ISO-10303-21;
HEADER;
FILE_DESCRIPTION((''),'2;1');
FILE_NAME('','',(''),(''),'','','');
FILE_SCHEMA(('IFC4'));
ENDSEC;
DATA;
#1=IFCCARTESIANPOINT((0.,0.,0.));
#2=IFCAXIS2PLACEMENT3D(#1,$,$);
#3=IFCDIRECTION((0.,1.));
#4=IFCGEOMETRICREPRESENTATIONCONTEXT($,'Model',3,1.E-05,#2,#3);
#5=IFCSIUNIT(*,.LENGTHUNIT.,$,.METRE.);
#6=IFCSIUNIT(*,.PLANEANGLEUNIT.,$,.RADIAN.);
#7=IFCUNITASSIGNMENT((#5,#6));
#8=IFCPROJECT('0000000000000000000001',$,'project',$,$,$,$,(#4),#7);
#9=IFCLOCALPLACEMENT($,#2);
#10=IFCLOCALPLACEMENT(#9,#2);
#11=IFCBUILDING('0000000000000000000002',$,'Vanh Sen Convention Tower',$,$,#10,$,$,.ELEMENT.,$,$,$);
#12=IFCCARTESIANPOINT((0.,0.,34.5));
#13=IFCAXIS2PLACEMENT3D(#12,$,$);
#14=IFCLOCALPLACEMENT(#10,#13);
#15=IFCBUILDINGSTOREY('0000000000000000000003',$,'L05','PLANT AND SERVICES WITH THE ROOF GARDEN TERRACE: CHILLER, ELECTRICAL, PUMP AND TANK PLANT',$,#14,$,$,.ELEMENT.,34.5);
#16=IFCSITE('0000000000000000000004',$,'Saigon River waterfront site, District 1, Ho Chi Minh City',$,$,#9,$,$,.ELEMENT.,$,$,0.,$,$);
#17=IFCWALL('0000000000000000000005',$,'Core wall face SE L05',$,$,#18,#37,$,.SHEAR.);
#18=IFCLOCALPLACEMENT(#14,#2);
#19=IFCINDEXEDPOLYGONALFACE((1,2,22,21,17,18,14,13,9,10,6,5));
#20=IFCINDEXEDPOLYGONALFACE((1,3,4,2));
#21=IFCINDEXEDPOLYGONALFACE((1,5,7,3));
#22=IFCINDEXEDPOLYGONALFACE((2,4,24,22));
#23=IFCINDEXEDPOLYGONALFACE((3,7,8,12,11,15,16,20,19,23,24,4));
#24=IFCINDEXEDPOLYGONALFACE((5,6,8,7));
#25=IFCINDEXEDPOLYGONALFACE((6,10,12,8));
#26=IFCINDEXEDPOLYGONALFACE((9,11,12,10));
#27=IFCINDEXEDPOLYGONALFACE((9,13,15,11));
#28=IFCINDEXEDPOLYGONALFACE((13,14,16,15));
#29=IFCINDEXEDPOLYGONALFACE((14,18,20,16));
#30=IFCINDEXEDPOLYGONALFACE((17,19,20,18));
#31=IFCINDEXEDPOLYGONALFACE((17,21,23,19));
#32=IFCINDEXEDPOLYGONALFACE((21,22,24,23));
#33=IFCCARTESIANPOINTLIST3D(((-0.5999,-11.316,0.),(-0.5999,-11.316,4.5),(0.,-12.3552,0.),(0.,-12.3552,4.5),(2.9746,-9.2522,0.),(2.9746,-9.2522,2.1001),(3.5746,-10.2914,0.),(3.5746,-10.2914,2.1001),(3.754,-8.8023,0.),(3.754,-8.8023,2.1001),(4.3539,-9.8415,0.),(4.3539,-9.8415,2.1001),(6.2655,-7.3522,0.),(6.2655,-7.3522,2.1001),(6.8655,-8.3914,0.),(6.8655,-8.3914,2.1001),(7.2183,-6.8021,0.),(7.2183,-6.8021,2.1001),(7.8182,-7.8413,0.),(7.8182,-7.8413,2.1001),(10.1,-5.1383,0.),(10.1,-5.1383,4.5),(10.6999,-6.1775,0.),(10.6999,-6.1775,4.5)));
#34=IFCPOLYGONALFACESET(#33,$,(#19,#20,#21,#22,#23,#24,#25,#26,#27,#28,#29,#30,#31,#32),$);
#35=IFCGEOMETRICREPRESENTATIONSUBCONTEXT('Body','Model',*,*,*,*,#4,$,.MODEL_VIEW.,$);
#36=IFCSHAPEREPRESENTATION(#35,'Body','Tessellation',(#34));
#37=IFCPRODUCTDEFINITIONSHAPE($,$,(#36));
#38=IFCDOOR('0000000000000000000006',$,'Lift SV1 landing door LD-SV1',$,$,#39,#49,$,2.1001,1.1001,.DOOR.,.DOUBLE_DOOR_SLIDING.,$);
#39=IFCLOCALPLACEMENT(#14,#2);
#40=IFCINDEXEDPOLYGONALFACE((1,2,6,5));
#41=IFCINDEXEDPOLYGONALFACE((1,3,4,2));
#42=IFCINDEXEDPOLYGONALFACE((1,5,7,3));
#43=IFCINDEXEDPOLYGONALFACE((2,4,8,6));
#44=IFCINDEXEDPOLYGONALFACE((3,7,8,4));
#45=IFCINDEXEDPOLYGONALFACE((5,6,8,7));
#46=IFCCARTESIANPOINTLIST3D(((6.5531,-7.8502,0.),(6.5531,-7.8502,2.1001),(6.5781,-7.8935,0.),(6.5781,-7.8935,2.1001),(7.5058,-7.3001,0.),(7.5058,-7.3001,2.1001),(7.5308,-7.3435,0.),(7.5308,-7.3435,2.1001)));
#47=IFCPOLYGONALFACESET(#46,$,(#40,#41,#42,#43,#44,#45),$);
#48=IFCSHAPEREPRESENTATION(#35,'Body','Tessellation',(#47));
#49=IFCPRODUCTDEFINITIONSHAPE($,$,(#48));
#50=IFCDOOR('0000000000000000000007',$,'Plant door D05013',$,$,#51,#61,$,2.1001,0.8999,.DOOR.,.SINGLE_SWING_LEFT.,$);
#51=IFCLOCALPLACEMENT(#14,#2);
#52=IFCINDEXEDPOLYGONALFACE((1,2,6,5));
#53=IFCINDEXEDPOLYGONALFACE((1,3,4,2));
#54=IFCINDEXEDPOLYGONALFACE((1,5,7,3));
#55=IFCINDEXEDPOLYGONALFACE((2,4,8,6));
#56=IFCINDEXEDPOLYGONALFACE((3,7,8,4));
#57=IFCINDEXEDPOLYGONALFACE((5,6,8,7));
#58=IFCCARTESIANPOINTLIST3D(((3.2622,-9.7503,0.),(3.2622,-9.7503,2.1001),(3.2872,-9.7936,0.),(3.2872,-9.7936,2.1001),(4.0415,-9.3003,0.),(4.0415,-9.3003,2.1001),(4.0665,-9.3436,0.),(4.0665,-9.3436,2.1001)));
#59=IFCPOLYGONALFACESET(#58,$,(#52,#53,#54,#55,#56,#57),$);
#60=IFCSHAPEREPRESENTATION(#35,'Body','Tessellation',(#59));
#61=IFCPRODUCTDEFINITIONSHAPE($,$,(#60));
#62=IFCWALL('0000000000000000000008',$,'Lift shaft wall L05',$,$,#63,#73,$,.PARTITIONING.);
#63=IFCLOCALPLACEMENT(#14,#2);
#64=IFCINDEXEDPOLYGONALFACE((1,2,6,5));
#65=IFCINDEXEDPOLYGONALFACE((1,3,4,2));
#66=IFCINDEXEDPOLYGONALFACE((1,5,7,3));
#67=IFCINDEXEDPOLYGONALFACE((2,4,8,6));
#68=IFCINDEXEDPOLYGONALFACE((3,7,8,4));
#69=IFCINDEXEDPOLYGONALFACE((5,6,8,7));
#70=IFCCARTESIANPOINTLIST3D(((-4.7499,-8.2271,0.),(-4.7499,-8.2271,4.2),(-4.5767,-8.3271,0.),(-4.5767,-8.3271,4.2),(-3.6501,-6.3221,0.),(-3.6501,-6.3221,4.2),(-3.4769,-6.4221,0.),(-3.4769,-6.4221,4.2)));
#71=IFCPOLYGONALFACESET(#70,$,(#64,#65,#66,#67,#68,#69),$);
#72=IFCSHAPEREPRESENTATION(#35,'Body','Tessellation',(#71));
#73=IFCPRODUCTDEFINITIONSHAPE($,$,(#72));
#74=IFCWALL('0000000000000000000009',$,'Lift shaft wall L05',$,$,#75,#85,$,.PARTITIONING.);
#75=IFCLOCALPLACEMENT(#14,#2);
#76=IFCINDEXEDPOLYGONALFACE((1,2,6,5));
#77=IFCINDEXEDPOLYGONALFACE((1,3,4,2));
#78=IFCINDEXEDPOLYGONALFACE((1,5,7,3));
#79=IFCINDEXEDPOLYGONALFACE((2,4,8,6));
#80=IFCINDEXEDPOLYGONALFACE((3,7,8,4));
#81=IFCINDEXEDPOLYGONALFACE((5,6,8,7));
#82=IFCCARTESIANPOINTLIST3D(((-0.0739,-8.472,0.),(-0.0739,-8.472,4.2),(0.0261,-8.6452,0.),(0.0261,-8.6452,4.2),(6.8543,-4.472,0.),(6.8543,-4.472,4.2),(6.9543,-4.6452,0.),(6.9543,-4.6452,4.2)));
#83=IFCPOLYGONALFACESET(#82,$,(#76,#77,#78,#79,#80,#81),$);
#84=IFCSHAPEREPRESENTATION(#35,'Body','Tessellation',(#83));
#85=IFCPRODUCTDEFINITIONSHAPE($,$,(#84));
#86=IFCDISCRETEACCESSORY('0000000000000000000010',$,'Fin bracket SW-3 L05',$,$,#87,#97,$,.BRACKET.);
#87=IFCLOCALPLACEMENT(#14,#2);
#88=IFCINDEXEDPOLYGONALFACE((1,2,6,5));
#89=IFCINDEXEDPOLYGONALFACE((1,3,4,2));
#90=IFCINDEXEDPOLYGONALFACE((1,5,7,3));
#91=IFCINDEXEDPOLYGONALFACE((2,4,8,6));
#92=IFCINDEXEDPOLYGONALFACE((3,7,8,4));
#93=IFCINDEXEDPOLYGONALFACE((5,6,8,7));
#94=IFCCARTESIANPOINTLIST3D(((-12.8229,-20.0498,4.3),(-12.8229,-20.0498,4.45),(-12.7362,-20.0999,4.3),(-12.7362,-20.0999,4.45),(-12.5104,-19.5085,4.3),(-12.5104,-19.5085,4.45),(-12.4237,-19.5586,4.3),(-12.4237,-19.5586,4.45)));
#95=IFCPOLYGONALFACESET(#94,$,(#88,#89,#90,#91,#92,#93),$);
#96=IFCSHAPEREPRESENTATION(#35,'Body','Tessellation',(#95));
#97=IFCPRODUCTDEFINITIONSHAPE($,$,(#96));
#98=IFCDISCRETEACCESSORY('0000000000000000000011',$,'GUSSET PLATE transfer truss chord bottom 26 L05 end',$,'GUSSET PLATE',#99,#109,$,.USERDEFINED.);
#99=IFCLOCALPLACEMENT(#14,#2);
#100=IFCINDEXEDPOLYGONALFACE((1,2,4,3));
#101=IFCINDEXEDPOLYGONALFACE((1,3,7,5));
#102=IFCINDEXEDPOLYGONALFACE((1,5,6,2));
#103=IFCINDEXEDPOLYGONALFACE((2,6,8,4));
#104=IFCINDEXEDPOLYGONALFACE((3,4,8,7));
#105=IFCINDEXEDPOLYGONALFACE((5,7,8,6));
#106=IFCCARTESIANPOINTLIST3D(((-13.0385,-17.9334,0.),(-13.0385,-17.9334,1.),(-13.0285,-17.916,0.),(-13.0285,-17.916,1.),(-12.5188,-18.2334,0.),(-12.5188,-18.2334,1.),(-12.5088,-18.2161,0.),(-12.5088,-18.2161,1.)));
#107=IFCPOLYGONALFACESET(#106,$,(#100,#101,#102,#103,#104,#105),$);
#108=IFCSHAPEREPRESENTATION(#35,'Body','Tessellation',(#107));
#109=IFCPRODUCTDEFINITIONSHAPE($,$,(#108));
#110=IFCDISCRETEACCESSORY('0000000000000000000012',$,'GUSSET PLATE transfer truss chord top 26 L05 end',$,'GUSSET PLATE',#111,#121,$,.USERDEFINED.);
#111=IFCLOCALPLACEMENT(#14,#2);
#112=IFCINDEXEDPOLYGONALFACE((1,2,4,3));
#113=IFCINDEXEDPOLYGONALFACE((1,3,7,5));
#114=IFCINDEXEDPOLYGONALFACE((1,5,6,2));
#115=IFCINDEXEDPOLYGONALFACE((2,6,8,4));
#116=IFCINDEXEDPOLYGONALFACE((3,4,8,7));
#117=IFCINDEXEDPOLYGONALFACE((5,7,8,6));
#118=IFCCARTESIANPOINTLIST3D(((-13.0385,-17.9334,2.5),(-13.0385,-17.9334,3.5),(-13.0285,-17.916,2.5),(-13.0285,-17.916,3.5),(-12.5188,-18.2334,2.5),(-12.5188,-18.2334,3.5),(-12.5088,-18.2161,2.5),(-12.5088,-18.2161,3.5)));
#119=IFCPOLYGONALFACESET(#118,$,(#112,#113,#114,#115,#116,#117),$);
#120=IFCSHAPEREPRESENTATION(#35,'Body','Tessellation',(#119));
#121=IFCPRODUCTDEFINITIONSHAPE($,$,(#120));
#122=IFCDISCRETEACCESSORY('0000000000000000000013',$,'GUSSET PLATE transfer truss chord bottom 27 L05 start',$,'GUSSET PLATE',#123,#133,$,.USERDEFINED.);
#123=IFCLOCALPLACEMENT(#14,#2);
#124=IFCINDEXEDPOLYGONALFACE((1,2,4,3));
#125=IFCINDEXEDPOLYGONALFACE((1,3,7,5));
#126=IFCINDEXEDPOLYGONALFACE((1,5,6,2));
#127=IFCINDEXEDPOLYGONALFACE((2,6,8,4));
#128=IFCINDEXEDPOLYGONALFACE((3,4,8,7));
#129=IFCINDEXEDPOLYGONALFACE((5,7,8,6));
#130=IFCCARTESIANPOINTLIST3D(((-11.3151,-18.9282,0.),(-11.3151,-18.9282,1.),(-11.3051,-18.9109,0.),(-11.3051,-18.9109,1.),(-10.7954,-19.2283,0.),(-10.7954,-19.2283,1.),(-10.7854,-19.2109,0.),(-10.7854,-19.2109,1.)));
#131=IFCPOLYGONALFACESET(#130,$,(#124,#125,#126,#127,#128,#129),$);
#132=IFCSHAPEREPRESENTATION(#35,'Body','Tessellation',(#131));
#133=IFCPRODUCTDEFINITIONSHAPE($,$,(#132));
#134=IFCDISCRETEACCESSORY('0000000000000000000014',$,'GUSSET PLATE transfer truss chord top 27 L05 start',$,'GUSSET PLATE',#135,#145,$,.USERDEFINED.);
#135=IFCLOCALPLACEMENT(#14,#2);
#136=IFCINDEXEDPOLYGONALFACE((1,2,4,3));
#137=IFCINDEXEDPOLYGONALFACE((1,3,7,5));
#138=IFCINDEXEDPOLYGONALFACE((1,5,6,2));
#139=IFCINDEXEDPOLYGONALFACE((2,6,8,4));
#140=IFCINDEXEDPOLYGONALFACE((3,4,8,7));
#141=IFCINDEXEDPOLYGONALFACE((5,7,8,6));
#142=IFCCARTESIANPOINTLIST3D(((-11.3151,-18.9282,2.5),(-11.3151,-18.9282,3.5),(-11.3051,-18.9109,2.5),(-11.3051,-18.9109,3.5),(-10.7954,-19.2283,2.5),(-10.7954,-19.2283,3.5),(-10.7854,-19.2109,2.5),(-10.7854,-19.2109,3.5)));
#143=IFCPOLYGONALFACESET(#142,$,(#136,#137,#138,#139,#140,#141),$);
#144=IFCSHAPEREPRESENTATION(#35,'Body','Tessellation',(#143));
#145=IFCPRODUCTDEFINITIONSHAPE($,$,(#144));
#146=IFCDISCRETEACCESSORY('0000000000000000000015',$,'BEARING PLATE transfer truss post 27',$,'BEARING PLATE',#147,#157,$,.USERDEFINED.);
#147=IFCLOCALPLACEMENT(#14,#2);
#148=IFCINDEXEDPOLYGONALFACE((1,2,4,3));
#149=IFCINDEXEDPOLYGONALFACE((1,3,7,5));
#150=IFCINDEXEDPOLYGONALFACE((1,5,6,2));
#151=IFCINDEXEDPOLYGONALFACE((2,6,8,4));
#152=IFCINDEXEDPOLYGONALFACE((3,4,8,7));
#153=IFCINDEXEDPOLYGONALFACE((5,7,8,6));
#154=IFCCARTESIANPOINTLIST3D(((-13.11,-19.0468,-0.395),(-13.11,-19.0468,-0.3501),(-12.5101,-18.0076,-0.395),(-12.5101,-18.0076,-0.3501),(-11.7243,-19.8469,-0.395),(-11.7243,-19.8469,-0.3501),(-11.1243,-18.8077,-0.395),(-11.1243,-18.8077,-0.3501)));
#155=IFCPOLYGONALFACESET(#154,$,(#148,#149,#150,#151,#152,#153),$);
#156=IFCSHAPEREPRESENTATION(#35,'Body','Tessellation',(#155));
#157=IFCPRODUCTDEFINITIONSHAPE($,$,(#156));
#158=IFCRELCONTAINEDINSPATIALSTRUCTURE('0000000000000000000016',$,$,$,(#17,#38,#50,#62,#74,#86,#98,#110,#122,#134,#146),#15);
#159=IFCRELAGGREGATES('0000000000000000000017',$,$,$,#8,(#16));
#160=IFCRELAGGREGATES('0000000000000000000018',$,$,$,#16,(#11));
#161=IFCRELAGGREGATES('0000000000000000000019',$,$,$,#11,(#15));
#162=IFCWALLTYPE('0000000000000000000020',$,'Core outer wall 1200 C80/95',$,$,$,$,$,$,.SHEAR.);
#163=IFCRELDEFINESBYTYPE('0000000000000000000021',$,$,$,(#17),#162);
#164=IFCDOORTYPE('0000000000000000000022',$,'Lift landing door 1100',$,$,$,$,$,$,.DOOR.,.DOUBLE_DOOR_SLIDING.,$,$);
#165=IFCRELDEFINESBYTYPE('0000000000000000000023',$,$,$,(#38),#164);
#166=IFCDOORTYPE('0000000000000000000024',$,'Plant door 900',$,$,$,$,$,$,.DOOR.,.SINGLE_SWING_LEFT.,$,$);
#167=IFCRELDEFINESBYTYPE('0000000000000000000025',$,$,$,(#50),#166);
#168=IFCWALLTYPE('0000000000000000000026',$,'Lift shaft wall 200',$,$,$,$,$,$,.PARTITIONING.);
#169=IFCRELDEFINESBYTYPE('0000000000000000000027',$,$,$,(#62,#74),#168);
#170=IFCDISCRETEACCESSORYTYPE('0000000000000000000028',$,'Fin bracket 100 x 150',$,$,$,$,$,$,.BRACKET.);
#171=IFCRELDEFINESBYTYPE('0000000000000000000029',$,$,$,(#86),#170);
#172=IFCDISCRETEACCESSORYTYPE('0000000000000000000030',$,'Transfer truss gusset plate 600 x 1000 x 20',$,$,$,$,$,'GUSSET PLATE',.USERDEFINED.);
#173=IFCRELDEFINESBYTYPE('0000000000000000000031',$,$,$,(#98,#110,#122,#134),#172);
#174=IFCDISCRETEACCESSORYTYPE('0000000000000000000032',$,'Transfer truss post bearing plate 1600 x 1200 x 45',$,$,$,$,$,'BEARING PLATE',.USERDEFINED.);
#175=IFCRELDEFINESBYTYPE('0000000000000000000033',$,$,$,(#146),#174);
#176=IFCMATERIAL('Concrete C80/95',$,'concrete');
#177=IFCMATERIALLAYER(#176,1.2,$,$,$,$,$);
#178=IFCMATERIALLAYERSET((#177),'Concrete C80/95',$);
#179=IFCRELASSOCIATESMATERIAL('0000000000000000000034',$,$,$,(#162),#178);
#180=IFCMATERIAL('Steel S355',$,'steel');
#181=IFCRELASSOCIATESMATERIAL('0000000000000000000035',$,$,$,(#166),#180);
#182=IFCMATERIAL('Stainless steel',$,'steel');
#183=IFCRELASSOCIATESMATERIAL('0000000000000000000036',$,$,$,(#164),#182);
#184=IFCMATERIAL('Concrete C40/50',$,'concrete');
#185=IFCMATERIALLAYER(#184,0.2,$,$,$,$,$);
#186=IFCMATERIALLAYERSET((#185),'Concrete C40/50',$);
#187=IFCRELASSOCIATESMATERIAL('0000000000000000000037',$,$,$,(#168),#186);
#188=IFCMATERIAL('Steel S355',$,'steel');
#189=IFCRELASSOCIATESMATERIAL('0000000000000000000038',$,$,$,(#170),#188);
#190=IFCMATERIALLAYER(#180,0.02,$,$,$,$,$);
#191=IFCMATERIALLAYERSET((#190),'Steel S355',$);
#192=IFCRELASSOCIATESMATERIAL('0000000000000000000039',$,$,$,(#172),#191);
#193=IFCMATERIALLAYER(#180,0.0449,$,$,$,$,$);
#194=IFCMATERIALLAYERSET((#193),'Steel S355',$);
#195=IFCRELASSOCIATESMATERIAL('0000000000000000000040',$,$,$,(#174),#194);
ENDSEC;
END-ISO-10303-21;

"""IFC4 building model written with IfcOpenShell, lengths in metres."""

from ifc_helpers import new_model, si_unit, direction, frame, frame_2d, origin, origin_2d, place, context, subcontext, project, spatial, rectangle, extrude, material, layer, layer_set, type_object, element, fill, save


model = new_model("IFC4")

# Units and contexts
model_context = context("Model", 3, precision=1e-05, world=origin(), true_north=direction((0.0, 1.0)))
body_context = subcontext(model_context, "Body", "Model", "MODEL_VIEW")
ifc_project = project(units=[si_unit("LENGTHUNIT", "METRE"), si_unit("PLANEANGLEUNIT", "RADIAN")], contexts=[model_context])

# Site, building, storey
site_placement = place(None, origin())
site = spatial("IfcSite", under=ifc_project, at=site_placement, Name="Saigon River waterfront site, District 1, Ho Chi Minh City", CompositionType="ELEMENT", RefElevation=0.0)
building_placement = place(site_placement, origin())
building = spatial("IfcBuilding", under=site, at=building_placement, Name="Vanh Sen Convention Tower", CompositionType="ELEMENT")
storey_placement = place(building_placement, frame((0.0, 0.0, 34.5)))
storey = spatial("IfcBuildingStorey", under=building, at=storey_placement, Name="L05", Description="PLANT AND SERVICES WITH THE ROOF GARDEN TERRACE: CHILLER, ELECTRICAL, PUMP AND TANK PLANT", CompositionType="ELEMENT", Elevation=34.5)

# Shared definitions
ifc_material_1 = material(Name="Steel S355", Category="steel")

# Shared definitions
ifc_material_2 = material(Name="Concrete C40/50", Category="concrete")

# Wall, openings, doors
ifc_material_3 = material(Name="Concrete C80/95", Category="concrete")
ifc_layer_1 = layer(ifc_material_3, 1.2)
ifc_layer_set_1 = layer_set([ifc_layer_1], Name="Concrete C80/95")
wall_type_1 = type_object("IfcWallType", Name="Core outer wall 1200 C80/95", PredefinedType="SHEAR", material=ifc_layer_set_1)
door_type_1 = type_object("IfcDoorType", Name="Plant door 900", OperationType="SINGLE_SWING_LEFT", PredefinedType="DOOR", material=ifc_material_1)
wall_1_placement = place(storey_placement, frame((-0.3, -11.8357, 0.0), z_axis=(0.0, 0.0, 1.0), x_axis=(0.866021, 0.500007, 0.0)))
wall_1 = element("IfcWall", 1, at=wall_1_placement, inside=storey, type_object=wall_type_1, Name="Core wall face SE L05", PredefinedType="SHEAR", context=body_context, shape_type="SweptSolid", body=[
    extrude(rectangle(XDim=12.3552, YDim=1.2, at=frame_2d((6.1777, 0.0))), origin(), (0.0, 0.0, 1.0), 4.5),
])
opening_1_placement = place(wall_1_placement, frame((4.1277, 0.0, 0.0)))
opening_1 = element("IfcOpeningElement", 2, at=opening_1_placement, cuts=wall_1, PredefinedType="OPENING", context=body_context, shape_type="SweptSolid", body=[
    extrude(rectangle(XDim=0.8999, YDim=2.1001, at=frame_2d((0.45, 1.05))), frame((0.0, 0.6099, 0.0), z_axis=(0.0, -1.0, 0.0), x_axis=(1.0, 0.0, 0.0)), (0.0, 0.0, 1.0), 1.22),
])
opening_2_placement = place(wall_1_placement, frame((7.9277, 0.0, 0.0)))
opening_2 = element("IfcOpeningElement", 3, at=opening_2_placement, cuts=wall_1, PredefinedType="OPENING", context=body_context, shape_type="SweptSolid", body=[
    extrude(rectangle(XDim=1.1001, YDim=2.1001, at=frame_2d((0.55, 1.05))), frame((0.0, 0.6099, 0.0), z_axis=(0.0, -1.0, 0.0), x_axis=(1.0, 0.0, 0.0)), (0.0, 0.0, 1.0), 1.22),
])
ifc_material_4 = material(Name="Stainless steel", Category="steel")
door_type_2 = type_object("IfcDoorType", Name="Lift landing door 1100", OperationType="DOUBLE_DOOR_SLIDING", PredefinedType="DOOR", material=ifc_material_4)
door_1_placement = place(opening_2_placement, origin())
door_1 = element("IfcDoor", 4, at=door_1_placement, inside=storey, type_object=door_type_2, Name="Lift SV1 landing door LD-SV1", OperationType="DOUBLE_DOOR_SLIDING", OverallHeight=2.1001, OverallWidth=1.1001, PredefinedType="DOOR", context=body_context, shape_type="SweptSolid", body=[
    extrude(rectangle(XDim=1.1001, YDim=2.1001, at=frame_2d((0.55, 1.05))), frame((0.0, 0.0249, 0.0), z_axis=(0.0, -1.0, 0.0), x_axis=(1.0, 0.0, 0.0)), (0.0, 0.0, 1.0), 0.05),
])
fill(opening_2, door_1)
door_2_placement = place(opening_1_placement, origin())
door_2 = element("IfcDoor", 5, at=door_2_placement, inside=storey, type_object=door_type_1, Name="Plant door D05013", OperationType="SINGLE_SWING_LEFT", OverallHeight=2.1001, OverallWidth=0.8999, PredefinedType="DOOR", context=body_context, shape_type="SweptSolid", body=[
    extrude(rectangle(XDim=0.8999, YDim=2.1001, at=frame_2d((0.45, 1.05))), frame((0.0, 0.0249, 0.0), z_axis=(0.0, -1.0, 0.0), x_axis=(1.0, 0.0, 0.0)), (0.0, 0.0, 1.0), 0.05),
])
fill(opening_1, door_2)

# Walls
ifc_layer_2 = layer(ifc_material_2, 0.2)
ifc_layer_set_2 = layer_set([ifc_layer_2], Name="Concrete C40/50")
wall_type_2 = type_object("IfcWallType", Name="Lift shaft wall 200", PredefinedType="PARTITIONING", material=ifc_layer_set_2)
wall_2_placement = place(storey_placement, frame((-3.5635, -6.3721, 0.0), z_axis=(0.0, 0.0, 1.0), x_axis=(-0.499995, -0.866028, 0.0)))
element("IfcWall", 6, at=wall_2_placement, inside=storey, type_object=wall_type_2, Name="Lift shaft wall L05", PredefinedType="PARTITIONING", context=body_context, shape_type="SweptSolid", body=[
    extrude(rectangle(XDim=2.1997, YDim=0.2, at=frame_2d((1.0999, 0.0))), origin(), (0.0, 0.0, 1.0), 4.2),
])
wall_3_placement = place(storey_placement, frame((-0.0239, -8.5586, 0.0), z_axis=(0.0, 0.0, 1.0), x_axis=(0.866026, 0.499999, 0.0)))
element("IfcWall", 7, at=wall_3_placement, inside=storey, type_object=wall_type_2, Name="Lift shaft wall L05", PredefinedType="PARTITIONING", context=body_context, shape_type="SweptSolid", body=[
    extrude(rectangle(XDim=8.0, YDim=0.2, at=frame_2d((4.0, 0.0))), origin(), (0.0, 0.0, 1.0), 4.2),
])

# Discrete accessories
ifc_material_5 = material(Name="Steel S355", Category="steel")
discrete_accessory_type_1 = type_object("IfcDiscreteAccessoryType", Name="Fin bracket 100 x 150", PredefinedType="BRACKET", material=ifc_material_5)
discrete_accessory_1_placement = place(storey_placement, frame((-12.6233, -19.8042, 4.3), z_axis=(0.0, 0.0, 1.0), x_axis=(-0.5, -0.866025, 0.0)))
element("IfcDiscreteAccessory", 8, at=discrete_accessory_1_placement, inside=storey, type_object=discrete_accessory_type_1, Name="Fin bracket SW-3 L05", PredefinedType="BRACKET", context=body_context, shape_type="SweptSolid", body=[
    extrude(rectangle(XDim=0.625, YDim=0.1001, at=origin_2d()), origin(), (0.0, 0.0, 1.0), 0.1499),
])
ifc_layer_3 = layer(ifc_material_1, 0.02)
ifc_layer_set_3 = layer_set([ifc_layer_3], Name="Steel S355")
discrete_accessory_type_2 = type_object("IfcDiscreteAccessoryType", Name="Transfer truss gusset plate 600 x 1000 x 20", ElementType="GUSSET PLATE", PredefinedType="USERDEFINED", material=ifc_layer_set_3)
for number, where, z_axis, x_axis, name in (
    (9, (-12.7737, -18.0747, 0.0), (0.0, 0.0, 1.0), (-0.866032, 0.499988, 0.0), "GUSSET PLATE transfer truss chord bottom 26 L05 end"),
    (10, (-12.7737, -18.0747, 2.5), (0.0, 0.0, 1.0), (-0.866032, 0.499988, 0.0), "GUSSET PLATE transfer truss chord top 26 L05 end"),
    (11, (-11.0503, -19.0696, 0.0), (0.0, 0.0, 1.0), (0.866028, -0.499995, 0.0), "GUSSET PLATE transfer truss chord bottom 27 L05 start"),
    (12, (-11.0503, -19.0696, 2.5), (0.0, 0.0, 1.0), (0.866028, -0.499995, 0.0), "GUSSET PLATE transfer truss chord top 27 L05 start"),
):
    element("IfcDiscreteAccessory", number, at=place(storey_placement, frame(where, z_axis=z_axis, x_axis=x_axis)), inside=storey, type_object=discrete_accessory_type_2, Name=name, ObjectType="GUSSET PLATE", PredefinedType="USERDEFINED", context=body_context, shape_type="SweptSolid", body=[
        extrude(rectangle(XDim=0.6001, YDim=0.02, at=origin_2d()), origin(), (0.0, 0.0, 1.0), 1.0),
    ])
ifc_layer_4 = layer(ifc_material_1, 0.0449)
ifc_layer_set_4 = layer_set([ifc_layer_4], Name="Steel S355")
discrete_accessory_type_3 = type_object("IfcDiscreteAccessoryType", Name="Transfer truss post bearing plate 1600 x 1200 x 45", ElementType="BEARING PLATE", PredefinedType="USERDEFINED", material=ifc_layer_set_4)
discrete_accessory_2_placement = place(storey_placement, frame((-12.1172, -18.9272, -0.395), z_axis=(0.0, 0.0, 1.0), x_axis=(0.866025, -0.5, 0.0)))
element("IfcDiscreteAccessory", 13, at=discrete_accessory_2_placement, inside=storey, type_object=discrete_accessory_type_3, Name="BEARING PLATE transfer truss post 27", ObjectType="BEARING PLATE", PredefinedType="USERDEFINED", context=body_context, shape_type="SweptSolid", body=[
    extrude(rectangle(XDim=1.6001, YDim=1.2, at=origin_2d()), origin(), (0.0, 0.0, 1.0), 0.0449),
])

save(model, "model.ifc")
